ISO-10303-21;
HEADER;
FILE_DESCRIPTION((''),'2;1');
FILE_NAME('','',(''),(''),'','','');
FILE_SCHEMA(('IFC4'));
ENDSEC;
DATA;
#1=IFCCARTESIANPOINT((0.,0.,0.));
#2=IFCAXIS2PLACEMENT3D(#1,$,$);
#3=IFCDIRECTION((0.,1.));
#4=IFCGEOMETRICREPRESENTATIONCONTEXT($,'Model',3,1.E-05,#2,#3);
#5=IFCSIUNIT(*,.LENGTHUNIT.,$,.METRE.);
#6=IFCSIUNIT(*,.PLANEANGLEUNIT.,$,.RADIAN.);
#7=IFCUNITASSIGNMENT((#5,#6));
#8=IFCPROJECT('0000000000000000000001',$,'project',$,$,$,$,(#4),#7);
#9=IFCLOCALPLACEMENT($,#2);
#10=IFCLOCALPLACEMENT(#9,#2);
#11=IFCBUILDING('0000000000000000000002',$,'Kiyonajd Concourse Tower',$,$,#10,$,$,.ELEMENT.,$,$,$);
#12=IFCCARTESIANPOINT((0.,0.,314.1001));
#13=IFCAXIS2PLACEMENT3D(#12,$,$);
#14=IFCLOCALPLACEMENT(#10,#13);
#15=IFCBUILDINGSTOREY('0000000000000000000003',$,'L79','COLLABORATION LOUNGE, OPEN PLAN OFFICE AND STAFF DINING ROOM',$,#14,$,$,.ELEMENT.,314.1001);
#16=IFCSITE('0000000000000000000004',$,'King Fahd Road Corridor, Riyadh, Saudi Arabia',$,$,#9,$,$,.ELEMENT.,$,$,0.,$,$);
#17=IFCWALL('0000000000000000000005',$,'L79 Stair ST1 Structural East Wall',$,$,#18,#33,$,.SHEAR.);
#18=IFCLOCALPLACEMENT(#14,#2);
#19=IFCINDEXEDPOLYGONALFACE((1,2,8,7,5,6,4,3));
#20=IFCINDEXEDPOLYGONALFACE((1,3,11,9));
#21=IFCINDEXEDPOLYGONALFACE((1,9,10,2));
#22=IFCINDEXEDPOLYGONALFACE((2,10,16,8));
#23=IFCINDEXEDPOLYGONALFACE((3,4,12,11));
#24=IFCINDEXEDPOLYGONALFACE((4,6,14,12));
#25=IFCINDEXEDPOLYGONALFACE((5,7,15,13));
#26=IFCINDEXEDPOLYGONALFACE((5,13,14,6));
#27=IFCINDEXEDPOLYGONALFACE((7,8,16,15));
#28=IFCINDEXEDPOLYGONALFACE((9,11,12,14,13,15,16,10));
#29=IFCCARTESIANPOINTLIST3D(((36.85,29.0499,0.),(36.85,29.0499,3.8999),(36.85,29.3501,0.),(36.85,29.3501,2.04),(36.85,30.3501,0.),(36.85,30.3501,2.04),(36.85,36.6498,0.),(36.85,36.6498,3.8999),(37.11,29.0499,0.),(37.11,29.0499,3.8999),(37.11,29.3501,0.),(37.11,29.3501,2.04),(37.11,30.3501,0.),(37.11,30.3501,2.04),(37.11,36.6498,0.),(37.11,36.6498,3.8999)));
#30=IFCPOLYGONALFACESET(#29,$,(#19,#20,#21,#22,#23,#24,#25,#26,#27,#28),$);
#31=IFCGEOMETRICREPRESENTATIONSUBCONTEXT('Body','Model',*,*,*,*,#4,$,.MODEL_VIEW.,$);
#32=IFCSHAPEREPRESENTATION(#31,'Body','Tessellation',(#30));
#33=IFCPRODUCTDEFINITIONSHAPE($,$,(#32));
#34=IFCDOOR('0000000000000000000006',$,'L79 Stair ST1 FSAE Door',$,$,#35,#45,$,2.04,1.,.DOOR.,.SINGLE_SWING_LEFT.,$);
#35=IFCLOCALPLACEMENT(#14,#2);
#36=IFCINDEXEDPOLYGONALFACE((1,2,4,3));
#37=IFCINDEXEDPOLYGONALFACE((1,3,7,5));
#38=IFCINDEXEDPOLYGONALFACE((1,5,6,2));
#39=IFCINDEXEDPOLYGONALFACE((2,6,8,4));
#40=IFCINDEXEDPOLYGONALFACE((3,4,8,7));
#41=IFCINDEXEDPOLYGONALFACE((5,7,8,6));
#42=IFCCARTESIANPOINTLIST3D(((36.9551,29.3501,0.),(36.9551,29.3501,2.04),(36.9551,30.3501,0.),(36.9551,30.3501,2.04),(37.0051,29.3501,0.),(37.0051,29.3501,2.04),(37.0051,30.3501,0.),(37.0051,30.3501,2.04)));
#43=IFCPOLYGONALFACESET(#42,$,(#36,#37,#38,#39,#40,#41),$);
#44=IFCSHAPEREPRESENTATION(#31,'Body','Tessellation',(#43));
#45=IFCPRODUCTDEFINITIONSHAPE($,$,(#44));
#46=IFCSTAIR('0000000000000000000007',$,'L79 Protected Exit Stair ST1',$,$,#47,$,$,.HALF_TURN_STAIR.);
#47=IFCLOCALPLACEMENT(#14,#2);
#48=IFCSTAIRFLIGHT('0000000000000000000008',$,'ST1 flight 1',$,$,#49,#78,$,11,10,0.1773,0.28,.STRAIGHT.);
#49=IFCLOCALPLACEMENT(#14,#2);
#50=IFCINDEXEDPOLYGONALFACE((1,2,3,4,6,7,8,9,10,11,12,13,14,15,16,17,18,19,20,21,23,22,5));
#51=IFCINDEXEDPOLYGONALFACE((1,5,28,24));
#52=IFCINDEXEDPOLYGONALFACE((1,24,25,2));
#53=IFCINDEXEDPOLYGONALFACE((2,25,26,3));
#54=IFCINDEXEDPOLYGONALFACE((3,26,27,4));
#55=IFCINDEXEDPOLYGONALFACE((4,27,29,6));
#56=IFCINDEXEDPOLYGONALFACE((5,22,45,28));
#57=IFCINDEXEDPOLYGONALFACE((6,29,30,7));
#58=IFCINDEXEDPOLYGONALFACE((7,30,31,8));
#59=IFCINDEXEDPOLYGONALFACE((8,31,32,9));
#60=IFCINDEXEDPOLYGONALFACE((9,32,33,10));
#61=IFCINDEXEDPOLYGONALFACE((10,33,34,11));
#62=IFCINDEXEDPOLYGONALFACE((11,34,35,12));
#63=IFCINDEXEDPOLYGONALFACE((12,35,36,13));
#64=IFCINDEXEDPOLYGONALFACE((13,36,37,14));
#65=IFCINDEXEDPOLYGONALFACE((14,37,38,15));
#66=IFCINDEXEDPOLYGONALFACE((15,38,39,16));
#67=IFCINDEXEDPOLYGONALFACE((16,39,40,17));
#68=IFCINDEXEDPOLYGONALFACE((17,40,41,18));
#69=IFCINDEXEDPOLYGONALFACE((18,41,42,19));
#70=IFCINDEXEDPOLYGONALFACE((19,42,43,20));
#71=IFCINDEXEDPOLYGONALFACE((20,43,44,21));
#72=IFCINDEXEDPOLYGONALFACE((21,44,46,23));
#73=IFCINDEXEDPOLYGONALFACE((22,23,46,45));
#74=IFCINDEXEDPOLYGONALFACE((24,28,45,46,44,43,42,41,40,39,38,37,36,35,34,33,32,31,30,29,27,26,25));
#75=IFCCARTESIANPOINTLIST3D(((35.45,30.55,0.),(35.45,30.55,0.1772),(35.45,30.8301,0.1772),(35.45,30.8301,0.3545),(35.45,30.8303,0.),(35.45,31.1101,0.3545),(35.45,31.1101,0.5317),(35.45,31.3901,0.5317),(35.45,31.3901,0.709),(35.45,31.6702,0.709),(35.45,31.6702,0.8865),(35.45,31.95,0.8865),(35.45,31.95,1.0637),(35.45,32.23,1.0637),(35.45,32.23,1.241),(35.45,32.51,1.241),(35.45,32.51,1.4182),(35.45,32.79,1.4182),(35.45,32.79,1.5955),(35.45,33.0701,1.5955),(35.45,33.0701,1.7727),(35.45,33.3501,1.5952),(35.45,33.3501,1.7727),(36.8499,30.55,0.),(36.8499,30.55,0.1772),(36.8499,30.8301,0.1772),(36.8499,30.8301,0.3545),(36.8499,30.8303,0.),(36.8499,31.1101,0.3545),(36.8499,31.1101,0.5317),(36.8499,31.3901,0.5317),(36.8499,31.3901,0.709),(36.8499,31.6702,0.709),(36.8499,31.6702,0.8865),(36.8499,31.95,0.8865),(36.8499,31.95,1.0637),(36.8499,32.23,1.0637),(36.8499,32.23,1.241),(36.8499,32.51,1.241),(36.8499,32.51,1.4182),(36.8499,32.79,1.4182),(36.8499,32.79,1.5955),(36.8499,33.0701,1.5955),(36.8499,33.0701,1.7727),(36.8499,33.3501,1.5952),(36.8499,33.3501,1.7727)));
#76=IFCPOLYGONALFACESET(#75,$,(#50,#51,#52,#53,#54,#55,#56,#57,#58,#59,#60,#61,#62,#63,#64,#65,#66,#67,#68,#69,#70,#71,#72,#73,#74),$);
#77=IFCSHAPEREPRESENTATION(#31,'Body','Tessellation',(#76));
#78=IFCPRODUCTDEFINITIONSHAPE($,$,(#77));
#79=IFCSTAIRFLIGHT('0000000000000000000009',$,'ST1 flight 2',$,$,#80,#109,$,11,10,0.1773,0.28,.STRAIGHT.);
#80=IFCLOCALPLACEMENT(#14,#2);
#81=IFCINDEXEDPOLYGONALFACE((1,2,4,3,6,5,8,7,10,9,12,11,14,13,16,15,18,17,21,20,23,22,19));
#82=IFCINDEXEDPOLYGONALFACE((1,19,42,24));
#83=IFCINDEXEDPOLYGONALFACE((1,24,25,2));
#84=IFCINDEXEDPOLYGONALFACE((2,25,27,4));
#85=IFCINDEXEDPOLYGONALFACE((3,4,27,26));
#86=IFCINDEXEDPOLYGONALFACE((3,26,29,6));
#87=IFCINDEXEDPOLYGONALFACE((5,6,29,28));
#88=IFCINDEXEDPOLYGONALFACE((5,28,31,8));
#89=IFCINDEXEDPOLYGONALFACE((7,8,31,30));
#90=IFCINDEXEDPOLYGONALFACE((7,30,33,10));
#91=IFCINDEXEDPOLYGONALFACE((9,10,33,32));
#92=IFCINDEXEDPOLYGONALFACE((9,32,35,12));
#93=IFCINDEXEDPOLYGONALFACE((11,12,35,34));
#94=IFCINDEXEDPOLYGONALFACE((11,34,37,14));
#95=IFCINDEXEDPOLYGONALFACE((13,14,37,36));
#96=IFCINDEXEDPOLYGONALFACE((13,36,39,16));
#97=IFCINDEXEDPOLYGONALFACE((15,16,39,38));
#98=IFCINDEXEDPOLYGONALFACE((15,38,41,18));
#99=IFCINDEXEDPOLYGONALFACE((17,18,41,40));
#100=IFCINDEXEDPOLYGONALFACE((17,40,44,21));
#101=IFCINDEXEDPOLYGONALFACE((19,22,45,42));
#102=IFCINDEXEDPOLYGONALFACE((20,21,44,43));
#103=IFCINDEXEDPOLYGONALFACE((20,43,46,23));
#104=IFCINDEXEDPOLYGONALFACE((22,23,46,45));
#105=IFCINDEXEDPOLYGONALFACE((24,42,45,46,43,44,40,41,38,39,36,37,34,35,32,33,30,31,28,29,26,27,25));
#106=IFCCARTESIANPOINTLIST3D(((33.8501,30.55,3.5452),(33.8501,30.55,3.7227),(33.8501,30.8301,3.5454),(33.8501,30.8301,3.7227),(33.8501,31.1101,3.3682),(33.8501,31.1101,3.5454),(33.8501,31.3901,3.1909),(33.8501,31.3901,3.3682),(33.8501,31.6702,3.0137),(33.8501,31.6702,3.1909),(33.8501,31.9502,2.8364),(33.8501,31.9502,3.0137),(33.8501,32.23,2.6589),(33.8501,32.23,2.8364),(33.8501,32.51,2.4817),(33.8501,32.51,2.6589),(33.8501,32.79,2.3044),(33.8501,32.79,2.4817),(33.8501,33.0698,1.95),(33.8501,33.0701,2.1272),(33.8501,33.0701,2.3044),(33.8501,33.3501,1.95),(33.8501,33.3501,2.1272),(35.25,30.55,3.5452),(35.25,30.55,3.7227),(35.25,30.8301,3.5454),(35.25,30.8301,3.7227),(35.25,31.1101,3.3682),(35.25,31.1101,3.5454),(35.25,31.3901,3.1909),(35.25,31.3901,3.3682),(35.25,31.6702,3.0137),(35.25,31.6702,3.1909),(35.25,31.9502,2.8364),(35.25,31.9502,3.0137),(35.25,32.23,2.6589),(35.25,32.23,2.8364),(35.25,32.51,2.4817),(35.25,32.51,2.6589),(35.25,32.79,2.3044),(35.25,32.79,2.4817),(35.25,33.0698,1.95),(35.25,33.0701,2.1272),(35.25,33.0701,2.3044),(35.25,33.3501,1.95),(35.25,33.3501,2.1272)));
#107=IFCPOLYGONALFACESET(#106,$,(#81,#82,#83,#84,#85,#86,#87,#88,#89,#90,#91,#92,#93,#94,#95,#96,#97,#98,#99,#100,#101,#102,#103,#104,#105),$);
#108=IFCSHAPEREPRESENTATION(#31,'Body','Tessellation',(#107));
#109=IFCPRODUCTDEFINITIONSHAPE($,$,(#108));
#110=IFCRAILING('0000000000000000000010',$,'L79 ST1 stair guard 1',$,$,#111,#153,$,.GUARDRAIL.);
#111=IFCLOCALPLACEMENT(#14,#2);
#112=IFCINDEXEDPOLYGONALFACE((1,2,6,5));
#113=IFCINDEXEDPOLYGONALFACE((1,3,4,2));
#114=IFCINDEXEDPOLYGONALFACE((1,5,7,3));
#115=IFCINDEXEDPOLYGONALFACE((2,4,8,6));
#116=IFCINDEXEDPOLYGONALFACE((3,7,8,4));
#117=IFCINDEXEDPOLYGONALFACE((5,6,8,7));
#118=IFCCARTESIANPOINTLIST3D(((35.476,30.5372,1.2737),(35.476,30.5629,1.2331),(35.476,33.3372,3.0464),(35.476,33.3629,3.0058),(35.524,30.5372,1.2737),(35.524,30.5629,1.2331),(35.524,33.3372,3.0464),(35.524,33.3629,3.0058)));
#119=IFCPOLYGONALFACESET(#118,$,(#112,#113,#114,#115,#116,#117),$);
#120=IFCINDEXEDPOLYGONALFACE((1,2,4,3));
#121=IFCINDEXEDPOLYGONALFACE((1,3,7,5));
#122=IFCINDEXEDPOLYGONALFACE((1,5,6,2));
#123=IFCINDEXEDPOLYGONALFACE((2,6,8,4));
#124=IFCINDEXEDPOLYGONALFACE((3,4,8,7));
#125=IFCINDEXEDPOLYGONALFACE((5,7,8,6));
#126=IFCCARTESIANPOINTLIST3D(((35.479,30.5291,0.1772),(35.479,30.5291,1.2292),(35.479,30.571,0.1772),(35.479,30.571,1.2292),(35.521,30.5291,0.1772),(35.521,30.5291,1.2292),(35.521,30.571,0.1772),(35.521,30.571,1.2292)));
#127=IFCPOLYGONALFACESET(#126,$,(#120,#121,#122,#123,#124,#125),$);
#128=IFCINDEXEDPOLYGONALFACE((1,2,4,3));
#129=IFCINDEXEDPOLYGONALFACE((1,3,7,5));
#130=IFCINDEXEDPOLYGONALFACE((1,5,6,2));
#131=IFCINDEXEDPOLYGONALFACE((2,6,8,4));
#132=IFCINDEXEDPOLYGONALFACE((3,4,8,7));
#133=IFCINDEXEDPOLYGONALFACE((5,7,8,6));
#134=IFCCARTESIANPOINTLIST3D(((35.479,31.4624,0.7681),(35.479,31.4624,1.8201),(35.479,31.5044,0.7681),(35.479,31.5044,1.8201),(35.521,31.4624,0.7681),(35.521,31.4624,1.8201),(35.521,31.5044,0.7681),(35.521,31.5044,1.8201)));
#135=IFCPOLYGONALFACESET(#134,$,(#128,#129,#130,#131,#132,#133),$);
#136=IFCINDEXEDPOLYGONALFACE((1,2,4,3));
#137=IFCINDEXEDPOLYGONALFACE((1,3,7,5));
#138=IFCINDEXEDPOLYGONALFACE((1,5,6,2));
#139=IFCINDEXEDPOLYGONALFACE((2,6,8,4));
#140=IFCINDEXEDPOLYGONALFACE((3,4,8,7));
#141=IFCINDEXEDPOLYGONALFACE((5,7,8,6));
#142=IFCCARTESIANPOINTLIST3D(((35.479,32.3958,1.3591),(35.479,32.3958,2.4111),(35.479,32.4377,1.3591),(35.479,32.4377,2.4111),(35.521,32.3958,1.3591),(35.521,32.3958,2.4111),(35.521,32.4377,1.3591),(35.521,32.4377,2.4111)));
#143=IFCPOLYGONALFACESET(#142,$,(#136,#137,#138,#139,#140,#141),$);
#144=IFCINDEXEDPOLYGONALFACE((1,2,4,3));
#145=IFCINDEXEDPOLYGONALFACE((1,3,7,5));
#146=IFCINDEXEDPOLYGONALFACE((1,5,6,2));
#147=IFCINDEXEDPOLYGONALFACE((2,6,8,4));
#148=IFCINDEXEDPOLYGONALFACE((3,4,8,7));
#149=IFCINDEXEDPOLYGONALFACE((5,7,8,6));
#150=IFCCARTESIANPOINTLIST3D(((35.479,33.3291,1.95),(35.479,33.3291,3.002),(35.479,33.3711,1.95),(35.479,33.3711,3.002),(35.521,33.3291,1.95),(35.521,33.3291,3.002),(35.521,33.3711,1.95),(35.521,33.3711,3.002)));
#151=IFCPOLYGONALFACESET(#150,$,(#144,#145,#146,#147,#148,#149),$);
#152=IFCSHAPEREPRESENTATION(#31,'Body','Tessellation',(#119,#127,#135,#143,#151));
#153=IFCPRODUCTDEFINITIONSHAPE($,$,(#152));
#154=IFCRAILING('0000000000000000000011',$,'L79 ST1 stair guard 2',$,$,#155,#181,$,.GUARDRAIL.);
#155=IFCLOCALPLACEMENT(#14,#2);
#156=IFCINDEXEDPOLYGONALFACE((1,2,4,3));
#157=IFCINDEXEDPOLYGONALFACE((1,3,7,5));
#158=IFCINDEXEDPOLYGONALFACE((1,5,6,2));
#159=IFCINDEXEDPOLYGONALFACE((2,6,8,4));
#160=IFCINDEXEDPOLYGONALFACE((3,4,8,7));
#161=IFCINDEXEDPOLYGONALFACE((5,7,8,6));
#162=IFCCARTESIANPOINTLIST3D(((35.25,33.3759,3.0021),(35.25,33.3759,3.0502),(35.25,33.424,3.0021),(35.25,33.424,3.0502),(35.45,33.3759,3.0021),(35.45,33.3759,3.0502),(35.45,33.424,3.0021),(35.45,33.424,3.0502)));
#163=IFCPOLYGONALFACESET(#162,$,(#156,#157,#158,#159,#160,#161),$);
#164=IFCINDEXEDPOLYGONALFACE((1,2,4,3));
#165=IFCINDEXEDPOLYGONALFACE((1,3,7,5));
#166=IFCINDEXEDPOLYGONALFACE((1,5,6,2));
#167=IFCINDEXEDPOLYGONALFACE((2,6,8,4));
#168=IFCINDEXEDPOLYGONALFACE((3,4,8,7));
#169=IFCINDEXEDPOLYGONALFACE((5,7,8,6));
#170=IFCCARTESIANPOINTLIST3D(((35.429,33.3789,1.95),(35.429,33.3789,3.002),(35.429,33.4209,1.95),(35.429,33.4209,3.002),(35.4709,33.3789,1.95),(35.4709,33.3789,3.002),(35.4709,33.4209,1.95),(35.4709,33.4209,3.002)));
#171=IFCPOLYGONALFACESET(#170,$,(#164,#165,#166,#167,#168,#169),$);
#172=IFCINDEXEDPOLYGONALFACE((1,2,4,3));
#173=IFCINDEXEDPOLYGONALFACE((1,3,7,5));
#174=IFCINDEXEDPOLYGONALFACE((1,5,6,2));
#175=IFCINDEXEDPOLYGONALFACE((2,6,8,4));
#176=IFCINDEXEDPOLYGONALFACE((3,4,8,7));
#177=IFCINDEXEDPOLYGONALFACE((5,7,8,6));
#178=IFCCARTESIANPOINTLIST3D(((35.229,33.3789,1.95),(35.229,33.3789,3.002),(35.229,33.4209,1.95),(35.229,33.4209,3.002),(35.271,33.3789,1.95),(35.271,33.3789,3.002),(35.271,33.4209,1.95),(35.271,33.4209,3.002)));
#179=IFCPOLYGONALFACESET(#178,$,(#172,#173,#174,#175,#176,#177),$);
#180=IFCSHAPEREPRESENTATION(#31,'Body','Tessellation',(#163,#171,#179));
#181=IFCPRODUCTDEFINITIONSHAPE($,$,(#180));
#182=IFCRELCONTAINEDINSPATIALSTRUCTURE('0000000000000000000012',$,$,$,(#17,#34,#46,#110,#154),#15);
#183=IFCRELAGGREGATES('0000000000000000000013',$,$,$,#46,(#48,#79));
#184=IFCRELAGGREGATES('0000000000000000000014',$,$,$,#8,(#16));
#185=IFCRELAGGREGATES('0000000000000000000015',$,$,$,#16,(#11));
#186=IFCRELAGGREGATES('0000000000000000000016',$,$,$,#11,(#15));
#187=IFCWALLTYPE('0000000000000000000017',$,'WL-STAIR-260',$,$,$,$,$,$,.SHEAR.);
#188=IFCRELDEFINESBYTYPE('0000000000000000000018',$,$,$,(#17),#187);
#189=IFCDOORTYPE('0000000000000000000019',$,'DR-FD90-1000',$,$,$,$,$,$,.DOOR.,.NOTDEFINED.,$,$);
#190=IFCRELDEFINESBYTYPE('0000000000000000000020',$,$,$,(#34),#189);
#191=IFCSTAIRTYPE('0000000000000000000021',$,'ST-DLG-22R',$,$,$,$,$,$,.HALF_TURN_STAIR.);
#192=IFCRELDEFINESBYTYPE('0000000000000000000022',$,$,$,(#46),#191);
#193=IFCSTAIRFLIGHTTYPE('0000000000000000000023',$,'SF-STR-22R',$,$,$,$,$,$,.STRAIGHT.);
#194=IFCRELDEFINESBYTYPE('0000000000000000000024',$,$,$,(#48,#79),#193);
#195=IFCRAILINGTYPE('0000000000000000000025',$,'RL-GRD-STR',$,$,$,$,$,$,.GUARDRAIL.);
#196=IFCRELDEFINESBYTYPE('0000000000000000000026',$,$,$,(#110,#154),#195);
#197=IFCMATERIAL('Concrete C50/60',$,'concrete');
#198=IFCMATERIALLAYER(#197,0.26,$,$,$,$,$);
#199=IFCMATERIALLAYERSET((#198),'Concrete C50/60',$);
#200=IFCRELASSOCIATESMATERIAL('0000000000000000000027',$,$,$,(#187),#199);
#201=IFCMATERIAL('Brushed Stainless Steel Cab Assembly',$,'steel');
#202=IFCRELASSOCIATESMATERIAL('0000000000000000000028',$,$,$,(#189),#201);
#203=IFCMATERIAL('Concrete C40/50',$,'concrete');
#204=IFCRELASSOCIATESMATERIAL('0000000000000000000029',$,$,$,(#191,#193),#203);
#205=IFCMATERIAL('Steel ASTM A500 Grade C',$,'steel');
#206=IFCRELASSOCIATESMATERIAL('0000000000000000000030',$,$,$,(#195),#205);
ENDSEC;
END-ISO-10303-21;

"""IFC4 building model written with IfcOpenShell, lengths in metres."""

from ifc_helpers import new_model, si_unit, direction, frame, frame_2d, origin, origin_2d, place, context, subcontext, project, spatial, polyline, rectangle, outline, extrude, material, layer, layer_set, type_object, element, fill, aggregate, save


model = new_model("IFC4")

# Units and contexts
model_context = context("Model", 3, precision=1e-05, world=origin(), true_north=direction((0.0, 1.0)))
body_context = subcontext(model_context, "Body", "Model", "MODEL_VIEW")
ifc_project = project(units=[si_unit("LENGTHUNIT", "METRE"), si_unit("PLANEANGLEUNIT", "RADIAN")], contexts=[model_context])

# Site, building, storey
site_placement = place(None, origin())
site = spatial("IfcSite", under=ifc_project, at=site_placement, Name="King Fahd Road Corridor, Riyadh, Saudi Arabia", CompositionType="ELEMENT", RefElevation=0.0)
building_placement = place(site_placement, origin())
building = spatial("IfcBuilding", under=site, at=building_placement, Name="Kiyonajd Concourse Tower", CompositionType="ELEMENT")
storey_placement = place(building_placement, frame((0.0, 0.0, 314.1001)))
storey = spatial("IfcBuildingStorey", under=building, at=storey_placement, Name="L79", Description="COLLABORATION LOUNGE, OPEN PLAN OFFICE AND STAFF DINING ROOM", CompositionType="ELEMENT", Elevation=314.1001)

# Shared definitions
ifc_material_1 = material(Name="Concrete C50/60", Category="concrete")

# Shared definitions
ifc_material_2 = material(Name="Brushed Stainless Steel Cab Assembly", Category="steel")

# Shared definitions
ifc_layer_1 = layer(ifc_material_1, 0.26)
ifc_layer_set_1 = layer_set([ifc_layer_1], Name="Concrete C50/60")
wall_type_1 = type_object("IfcWallType", Name="WL-STAIR-260", PredefinedType="SHEAR", material=ifc_layer_set_1)

# Wall, opening, door
wall_1_placement = place(storey_placement, frame((36.98, 29.05, 0.0), z_axis=(0.0, 0.0, 1.0), x_axis=(0.0, 1.0, 0.0)))
wall_1 = element("IfcWall", 1, at=wall_1_placement, inside=storey, type_object=wall_type_1, Name="L79 Stair ST1 Structural East Wall", PredefinedType="SHEAR", context=body_context, shape_type="SweptSolid", body=[
    extrude(rectangle(XDim=7.5999, YDim=0.26, at=frame_2d((3.7998, 0.0))), origin(), (0.0, 0.0, 1.0), 3.8999),
])
opening_1_placement = place(wall_1_placement, frame((0.3, 0.0, 0.0)))
opening_1 = element("IfcOpeningElement", 2, at=opening_1_placement, cuts=wall_1, PredefinedType="OPENING", context=body_context, shape_type="SweptSolid", body=[
    extrude(rectangle(XDim=1.0, YDim=2.04, at=frame_2d((0.5, 1.02))), frame((0.0, 0.1399, 0.0), z_axis=(0.0, -1.0, 0.0), x_axis=(1.0, 0.0, 0.0)), (0.0, 0.0, 1.0), 0.28),
])
door_type_1 = type_object("IfcDoorType", Name="DR-FD90-1000", OperationType="NOTDEFINED", PredefinedType="DOOR", material=ifc_material_2)
door_1_placement = place(opening_1_placement, origin())
door_1 = element("IfcDoor", 3, at=door_1_placement, inside=storey, type_object=door_type_1, Name="L79 Stair ST1 FSAE Door", OperationType="SINGLE_SWING_LEFT", OverallHeight=2.04, OverallWidth=1.0, PredefinedType="DOOR", context=body_context, shape_type="SweptSolid", body=[
    extrude(rectangle(XDim=1.0, YDim=2.04, at=frame_2d((0.5, 1.02))), frame((0.0, 0.0249, 0.0), z_axis=(0.0, -1.0, 0.0), x_axis=(1.0, 0.0, 0.0)), (0.0, 0.0, 1.0), 0.05),
])
fill(opening_1, door_1)

# Stair, stair flights
ifc_material_3 = material(Name="Concrete C40/50", Category="concrete")
stair_type = type_object("IfcStairType", Name="ST-DLG-22R", PredefinedType="HALF_TURN_STAIR", material=ifc_material_3)
stair_placement = place(storey_placement, origin())
stair = element("IfcStair", 4, at=stair_placement, inside=storey, type_object=stair_type, Name="L79 Protected Exit Stair ST1", PredefinedType="HALF_TURN_STAIR")
stair_flight_type = type_object("IfcStairFlightType", Name="SF-STR-22R", PredefinedType="STRAIGHT", material=ifc_material_3)
stair_flight_1_placement = place(storey_placement, frame((36.1499, 30.55, 0.0), z_axis=(0.0, 0.0, 1.0), x_axis=(0.0, 1.0, 0.0)))
stair_flight_1 = element("IfcStairFlight", 5, at=stair_flight_1_placement, type_object=stair_flight_type, Name="ST1 flight 1", NumberOfRisers=11, NumberOfTreads=10, PredefinedType="STRAIGHT", RiserHeight=0.1773, TreadLength=0.28, context=body_context, shape_type="SweptSolid", body=[
    extrude(outline(polyline([(0.0, 0.0), (0.0, 0.1772), (0.28, 0.1772), (0.28, 0.3545), (0.5601, 0.3545), (0.5601, 0.5317), (0.8401, 0.5317), (0.8401, 0.709), (1.1201, 0.709), (1.1201, 0.8865), (1.3999, 0.8865), (1.3999, 1.0637), (1.6799, 1.0637), (1.6799, 1.241), (1.96, 1.241), (1.96, 1.4182), (2.24, 1.4182), (2.24, 1.5955), (2.52, 1.5955), (2.52, 1.7727), (2.8, 1.7727), (2.8, 1.95), (2.8, 1.5952), (0.2803, 0.0), (0.0, 0.0)])), frame((0.0, 0.7, 0.0), z_axis=(0.0, -1.0, 0.0), x_axis=(1.0, 0.0, 0.0)), (0.0, 0.0, 1.0), 1.3999),
])
stair_flight_2_placement = place(storey_placement, frame((34.55, 33.3501, 1.95), z_axis=(0.0, 0.0, 1.0), x_axis=(0.0, -1.0, 0.0)))
stair_flight_2 = element("IfcStairFlight", 6, at=stair_flight_2_placement, type_object=stair_flight_type, Name="ST1 flight 2", NumberOfRisers=11, NumberOfTreads=10, PredefinedType="STRAIGHT", RiserHeight=0.1773, TreadLength=0.28, context=body_context, shape_type="SweptSolid", body=[
    extrude(outline(polyline([(0.0, 0.0), (0.0, 0.1772), (0.28, 0.1772), (0.28, 0.3545), (0.5601, 0.3545), (0.5601, 0.5317), (0.8401, 0.5317), (0.8401, 0.709), (1.1201, 0.709), (1.1201, 0.8865), (1.3999, 0.8865), (1.3999, 1.0637), (1.6799, 1.0637), (1.6799, 1.241), (1.96, 1.241), (1.96, 1.4182), (2.24, 1.4182), (2.24, 1.5955), (2.52, 1.5955), (2.52, 1.7727), (2.8, 1.7727), (2.8, 1.95), (2.8, 1.5952), (0.2803, 0.0), (0.0, 0.0)])), frame((0.0, 0.7, 0.0), z_axis=(0.0, -1.0, 0.0), x_axis=(1.0, 0.0, 0.0)), (0.0, 0.0, 1.0), 1.3999),
])
aggregate(stair, [stair_flight_1, stair_flight_2])

# Railings
ifc_material_4 = material(Name="Steel ASTM A500 Grade C", Category="steel")
railing_type_1 = type_object("IfcRailingType", Name="RL-GRD-STR", PredefinedType="GUARDRAIL", material=ifc_material_4)
railing_1_placement = place(storey_placement, frame((35.5, 30.55, 0.1772)))
element("IfcRailing", 7, at=railing_1_placement, inside=storey, type_object=railing_type_1, Name="L79 ST1 stair guard 1", PredefinedType="GUARDRAIL", context=body_context, shape_type="SweptSolid", body=[
    extrude(rectangle(XDim=0.0481, YDim=0.0481, at=origin_2d()), frame((0.0, 0.0, 1.0762), z_axis=(0.0, 0.844909, 0.53491), x_axis=(-1.0, 0.0, 0.0)), (0.0, 0.0, 1.0), 3.314),
    extrude(rectangle(XDim=0.042, YDim=0.042, at=origin_2d()), origin(), (0.0, 0.0, 1.0), 1.052),
    extrude(rectangle(XDim=0.042, YDim=0.042, at=origin_2d()), frame((0.0, 0.9333, 0.5908)), (0.0, 0.0, 1.0), 1.052),
    extrude(rectangle(XDim=0.042, YDim=0.042, at=origin_2d()), frame((0.0, 1.8667, 1.1819)), (0.0, 0.0, 1.0), 1.052),
    extrude(rectangle(XDim=0.042, YDim=0.042, at=origin_2d()), frame((0.0, 2.8, 1.7727)), (0.0, 0.0, 1.0), 1.052),
])
railing_2_placement = place(storey_placement, frame((35.45, 33.3999, 1.95)))
element("IfcRailing", 8, at=railing_2_placement, inside=storey, type_object=railing_type_1, Name="L79 ST1 stair guard 2", PredefinedType="GUARDRAIL", context=body_context, shape_type="SweptSolid", body=[
    extrude(rectangle(XDim=0.0481, YDim=0.0481, at=origin_2d()), frame((0.0, 0.0, 1.0762), z_axis=(-1.0, 0.0, 0.0), x_axis=(0.0, -1.0, 0.0)), (0.0, 0.0, 1.0), 0.2),
    extrude(rectangle(XDim=0.042, YDim=0.042, at=origin_2d()), origin(), (0.0, 0.0, 1.0), 1.052),
    extrude(rectangle(XDim=0.042, YDim=0.042, at=origin_2d()), frame((-0.2, 0.0, 0.0)), (0.0, 0.0, 1.0), 1.052),
])

save(model, "model.ifc")
